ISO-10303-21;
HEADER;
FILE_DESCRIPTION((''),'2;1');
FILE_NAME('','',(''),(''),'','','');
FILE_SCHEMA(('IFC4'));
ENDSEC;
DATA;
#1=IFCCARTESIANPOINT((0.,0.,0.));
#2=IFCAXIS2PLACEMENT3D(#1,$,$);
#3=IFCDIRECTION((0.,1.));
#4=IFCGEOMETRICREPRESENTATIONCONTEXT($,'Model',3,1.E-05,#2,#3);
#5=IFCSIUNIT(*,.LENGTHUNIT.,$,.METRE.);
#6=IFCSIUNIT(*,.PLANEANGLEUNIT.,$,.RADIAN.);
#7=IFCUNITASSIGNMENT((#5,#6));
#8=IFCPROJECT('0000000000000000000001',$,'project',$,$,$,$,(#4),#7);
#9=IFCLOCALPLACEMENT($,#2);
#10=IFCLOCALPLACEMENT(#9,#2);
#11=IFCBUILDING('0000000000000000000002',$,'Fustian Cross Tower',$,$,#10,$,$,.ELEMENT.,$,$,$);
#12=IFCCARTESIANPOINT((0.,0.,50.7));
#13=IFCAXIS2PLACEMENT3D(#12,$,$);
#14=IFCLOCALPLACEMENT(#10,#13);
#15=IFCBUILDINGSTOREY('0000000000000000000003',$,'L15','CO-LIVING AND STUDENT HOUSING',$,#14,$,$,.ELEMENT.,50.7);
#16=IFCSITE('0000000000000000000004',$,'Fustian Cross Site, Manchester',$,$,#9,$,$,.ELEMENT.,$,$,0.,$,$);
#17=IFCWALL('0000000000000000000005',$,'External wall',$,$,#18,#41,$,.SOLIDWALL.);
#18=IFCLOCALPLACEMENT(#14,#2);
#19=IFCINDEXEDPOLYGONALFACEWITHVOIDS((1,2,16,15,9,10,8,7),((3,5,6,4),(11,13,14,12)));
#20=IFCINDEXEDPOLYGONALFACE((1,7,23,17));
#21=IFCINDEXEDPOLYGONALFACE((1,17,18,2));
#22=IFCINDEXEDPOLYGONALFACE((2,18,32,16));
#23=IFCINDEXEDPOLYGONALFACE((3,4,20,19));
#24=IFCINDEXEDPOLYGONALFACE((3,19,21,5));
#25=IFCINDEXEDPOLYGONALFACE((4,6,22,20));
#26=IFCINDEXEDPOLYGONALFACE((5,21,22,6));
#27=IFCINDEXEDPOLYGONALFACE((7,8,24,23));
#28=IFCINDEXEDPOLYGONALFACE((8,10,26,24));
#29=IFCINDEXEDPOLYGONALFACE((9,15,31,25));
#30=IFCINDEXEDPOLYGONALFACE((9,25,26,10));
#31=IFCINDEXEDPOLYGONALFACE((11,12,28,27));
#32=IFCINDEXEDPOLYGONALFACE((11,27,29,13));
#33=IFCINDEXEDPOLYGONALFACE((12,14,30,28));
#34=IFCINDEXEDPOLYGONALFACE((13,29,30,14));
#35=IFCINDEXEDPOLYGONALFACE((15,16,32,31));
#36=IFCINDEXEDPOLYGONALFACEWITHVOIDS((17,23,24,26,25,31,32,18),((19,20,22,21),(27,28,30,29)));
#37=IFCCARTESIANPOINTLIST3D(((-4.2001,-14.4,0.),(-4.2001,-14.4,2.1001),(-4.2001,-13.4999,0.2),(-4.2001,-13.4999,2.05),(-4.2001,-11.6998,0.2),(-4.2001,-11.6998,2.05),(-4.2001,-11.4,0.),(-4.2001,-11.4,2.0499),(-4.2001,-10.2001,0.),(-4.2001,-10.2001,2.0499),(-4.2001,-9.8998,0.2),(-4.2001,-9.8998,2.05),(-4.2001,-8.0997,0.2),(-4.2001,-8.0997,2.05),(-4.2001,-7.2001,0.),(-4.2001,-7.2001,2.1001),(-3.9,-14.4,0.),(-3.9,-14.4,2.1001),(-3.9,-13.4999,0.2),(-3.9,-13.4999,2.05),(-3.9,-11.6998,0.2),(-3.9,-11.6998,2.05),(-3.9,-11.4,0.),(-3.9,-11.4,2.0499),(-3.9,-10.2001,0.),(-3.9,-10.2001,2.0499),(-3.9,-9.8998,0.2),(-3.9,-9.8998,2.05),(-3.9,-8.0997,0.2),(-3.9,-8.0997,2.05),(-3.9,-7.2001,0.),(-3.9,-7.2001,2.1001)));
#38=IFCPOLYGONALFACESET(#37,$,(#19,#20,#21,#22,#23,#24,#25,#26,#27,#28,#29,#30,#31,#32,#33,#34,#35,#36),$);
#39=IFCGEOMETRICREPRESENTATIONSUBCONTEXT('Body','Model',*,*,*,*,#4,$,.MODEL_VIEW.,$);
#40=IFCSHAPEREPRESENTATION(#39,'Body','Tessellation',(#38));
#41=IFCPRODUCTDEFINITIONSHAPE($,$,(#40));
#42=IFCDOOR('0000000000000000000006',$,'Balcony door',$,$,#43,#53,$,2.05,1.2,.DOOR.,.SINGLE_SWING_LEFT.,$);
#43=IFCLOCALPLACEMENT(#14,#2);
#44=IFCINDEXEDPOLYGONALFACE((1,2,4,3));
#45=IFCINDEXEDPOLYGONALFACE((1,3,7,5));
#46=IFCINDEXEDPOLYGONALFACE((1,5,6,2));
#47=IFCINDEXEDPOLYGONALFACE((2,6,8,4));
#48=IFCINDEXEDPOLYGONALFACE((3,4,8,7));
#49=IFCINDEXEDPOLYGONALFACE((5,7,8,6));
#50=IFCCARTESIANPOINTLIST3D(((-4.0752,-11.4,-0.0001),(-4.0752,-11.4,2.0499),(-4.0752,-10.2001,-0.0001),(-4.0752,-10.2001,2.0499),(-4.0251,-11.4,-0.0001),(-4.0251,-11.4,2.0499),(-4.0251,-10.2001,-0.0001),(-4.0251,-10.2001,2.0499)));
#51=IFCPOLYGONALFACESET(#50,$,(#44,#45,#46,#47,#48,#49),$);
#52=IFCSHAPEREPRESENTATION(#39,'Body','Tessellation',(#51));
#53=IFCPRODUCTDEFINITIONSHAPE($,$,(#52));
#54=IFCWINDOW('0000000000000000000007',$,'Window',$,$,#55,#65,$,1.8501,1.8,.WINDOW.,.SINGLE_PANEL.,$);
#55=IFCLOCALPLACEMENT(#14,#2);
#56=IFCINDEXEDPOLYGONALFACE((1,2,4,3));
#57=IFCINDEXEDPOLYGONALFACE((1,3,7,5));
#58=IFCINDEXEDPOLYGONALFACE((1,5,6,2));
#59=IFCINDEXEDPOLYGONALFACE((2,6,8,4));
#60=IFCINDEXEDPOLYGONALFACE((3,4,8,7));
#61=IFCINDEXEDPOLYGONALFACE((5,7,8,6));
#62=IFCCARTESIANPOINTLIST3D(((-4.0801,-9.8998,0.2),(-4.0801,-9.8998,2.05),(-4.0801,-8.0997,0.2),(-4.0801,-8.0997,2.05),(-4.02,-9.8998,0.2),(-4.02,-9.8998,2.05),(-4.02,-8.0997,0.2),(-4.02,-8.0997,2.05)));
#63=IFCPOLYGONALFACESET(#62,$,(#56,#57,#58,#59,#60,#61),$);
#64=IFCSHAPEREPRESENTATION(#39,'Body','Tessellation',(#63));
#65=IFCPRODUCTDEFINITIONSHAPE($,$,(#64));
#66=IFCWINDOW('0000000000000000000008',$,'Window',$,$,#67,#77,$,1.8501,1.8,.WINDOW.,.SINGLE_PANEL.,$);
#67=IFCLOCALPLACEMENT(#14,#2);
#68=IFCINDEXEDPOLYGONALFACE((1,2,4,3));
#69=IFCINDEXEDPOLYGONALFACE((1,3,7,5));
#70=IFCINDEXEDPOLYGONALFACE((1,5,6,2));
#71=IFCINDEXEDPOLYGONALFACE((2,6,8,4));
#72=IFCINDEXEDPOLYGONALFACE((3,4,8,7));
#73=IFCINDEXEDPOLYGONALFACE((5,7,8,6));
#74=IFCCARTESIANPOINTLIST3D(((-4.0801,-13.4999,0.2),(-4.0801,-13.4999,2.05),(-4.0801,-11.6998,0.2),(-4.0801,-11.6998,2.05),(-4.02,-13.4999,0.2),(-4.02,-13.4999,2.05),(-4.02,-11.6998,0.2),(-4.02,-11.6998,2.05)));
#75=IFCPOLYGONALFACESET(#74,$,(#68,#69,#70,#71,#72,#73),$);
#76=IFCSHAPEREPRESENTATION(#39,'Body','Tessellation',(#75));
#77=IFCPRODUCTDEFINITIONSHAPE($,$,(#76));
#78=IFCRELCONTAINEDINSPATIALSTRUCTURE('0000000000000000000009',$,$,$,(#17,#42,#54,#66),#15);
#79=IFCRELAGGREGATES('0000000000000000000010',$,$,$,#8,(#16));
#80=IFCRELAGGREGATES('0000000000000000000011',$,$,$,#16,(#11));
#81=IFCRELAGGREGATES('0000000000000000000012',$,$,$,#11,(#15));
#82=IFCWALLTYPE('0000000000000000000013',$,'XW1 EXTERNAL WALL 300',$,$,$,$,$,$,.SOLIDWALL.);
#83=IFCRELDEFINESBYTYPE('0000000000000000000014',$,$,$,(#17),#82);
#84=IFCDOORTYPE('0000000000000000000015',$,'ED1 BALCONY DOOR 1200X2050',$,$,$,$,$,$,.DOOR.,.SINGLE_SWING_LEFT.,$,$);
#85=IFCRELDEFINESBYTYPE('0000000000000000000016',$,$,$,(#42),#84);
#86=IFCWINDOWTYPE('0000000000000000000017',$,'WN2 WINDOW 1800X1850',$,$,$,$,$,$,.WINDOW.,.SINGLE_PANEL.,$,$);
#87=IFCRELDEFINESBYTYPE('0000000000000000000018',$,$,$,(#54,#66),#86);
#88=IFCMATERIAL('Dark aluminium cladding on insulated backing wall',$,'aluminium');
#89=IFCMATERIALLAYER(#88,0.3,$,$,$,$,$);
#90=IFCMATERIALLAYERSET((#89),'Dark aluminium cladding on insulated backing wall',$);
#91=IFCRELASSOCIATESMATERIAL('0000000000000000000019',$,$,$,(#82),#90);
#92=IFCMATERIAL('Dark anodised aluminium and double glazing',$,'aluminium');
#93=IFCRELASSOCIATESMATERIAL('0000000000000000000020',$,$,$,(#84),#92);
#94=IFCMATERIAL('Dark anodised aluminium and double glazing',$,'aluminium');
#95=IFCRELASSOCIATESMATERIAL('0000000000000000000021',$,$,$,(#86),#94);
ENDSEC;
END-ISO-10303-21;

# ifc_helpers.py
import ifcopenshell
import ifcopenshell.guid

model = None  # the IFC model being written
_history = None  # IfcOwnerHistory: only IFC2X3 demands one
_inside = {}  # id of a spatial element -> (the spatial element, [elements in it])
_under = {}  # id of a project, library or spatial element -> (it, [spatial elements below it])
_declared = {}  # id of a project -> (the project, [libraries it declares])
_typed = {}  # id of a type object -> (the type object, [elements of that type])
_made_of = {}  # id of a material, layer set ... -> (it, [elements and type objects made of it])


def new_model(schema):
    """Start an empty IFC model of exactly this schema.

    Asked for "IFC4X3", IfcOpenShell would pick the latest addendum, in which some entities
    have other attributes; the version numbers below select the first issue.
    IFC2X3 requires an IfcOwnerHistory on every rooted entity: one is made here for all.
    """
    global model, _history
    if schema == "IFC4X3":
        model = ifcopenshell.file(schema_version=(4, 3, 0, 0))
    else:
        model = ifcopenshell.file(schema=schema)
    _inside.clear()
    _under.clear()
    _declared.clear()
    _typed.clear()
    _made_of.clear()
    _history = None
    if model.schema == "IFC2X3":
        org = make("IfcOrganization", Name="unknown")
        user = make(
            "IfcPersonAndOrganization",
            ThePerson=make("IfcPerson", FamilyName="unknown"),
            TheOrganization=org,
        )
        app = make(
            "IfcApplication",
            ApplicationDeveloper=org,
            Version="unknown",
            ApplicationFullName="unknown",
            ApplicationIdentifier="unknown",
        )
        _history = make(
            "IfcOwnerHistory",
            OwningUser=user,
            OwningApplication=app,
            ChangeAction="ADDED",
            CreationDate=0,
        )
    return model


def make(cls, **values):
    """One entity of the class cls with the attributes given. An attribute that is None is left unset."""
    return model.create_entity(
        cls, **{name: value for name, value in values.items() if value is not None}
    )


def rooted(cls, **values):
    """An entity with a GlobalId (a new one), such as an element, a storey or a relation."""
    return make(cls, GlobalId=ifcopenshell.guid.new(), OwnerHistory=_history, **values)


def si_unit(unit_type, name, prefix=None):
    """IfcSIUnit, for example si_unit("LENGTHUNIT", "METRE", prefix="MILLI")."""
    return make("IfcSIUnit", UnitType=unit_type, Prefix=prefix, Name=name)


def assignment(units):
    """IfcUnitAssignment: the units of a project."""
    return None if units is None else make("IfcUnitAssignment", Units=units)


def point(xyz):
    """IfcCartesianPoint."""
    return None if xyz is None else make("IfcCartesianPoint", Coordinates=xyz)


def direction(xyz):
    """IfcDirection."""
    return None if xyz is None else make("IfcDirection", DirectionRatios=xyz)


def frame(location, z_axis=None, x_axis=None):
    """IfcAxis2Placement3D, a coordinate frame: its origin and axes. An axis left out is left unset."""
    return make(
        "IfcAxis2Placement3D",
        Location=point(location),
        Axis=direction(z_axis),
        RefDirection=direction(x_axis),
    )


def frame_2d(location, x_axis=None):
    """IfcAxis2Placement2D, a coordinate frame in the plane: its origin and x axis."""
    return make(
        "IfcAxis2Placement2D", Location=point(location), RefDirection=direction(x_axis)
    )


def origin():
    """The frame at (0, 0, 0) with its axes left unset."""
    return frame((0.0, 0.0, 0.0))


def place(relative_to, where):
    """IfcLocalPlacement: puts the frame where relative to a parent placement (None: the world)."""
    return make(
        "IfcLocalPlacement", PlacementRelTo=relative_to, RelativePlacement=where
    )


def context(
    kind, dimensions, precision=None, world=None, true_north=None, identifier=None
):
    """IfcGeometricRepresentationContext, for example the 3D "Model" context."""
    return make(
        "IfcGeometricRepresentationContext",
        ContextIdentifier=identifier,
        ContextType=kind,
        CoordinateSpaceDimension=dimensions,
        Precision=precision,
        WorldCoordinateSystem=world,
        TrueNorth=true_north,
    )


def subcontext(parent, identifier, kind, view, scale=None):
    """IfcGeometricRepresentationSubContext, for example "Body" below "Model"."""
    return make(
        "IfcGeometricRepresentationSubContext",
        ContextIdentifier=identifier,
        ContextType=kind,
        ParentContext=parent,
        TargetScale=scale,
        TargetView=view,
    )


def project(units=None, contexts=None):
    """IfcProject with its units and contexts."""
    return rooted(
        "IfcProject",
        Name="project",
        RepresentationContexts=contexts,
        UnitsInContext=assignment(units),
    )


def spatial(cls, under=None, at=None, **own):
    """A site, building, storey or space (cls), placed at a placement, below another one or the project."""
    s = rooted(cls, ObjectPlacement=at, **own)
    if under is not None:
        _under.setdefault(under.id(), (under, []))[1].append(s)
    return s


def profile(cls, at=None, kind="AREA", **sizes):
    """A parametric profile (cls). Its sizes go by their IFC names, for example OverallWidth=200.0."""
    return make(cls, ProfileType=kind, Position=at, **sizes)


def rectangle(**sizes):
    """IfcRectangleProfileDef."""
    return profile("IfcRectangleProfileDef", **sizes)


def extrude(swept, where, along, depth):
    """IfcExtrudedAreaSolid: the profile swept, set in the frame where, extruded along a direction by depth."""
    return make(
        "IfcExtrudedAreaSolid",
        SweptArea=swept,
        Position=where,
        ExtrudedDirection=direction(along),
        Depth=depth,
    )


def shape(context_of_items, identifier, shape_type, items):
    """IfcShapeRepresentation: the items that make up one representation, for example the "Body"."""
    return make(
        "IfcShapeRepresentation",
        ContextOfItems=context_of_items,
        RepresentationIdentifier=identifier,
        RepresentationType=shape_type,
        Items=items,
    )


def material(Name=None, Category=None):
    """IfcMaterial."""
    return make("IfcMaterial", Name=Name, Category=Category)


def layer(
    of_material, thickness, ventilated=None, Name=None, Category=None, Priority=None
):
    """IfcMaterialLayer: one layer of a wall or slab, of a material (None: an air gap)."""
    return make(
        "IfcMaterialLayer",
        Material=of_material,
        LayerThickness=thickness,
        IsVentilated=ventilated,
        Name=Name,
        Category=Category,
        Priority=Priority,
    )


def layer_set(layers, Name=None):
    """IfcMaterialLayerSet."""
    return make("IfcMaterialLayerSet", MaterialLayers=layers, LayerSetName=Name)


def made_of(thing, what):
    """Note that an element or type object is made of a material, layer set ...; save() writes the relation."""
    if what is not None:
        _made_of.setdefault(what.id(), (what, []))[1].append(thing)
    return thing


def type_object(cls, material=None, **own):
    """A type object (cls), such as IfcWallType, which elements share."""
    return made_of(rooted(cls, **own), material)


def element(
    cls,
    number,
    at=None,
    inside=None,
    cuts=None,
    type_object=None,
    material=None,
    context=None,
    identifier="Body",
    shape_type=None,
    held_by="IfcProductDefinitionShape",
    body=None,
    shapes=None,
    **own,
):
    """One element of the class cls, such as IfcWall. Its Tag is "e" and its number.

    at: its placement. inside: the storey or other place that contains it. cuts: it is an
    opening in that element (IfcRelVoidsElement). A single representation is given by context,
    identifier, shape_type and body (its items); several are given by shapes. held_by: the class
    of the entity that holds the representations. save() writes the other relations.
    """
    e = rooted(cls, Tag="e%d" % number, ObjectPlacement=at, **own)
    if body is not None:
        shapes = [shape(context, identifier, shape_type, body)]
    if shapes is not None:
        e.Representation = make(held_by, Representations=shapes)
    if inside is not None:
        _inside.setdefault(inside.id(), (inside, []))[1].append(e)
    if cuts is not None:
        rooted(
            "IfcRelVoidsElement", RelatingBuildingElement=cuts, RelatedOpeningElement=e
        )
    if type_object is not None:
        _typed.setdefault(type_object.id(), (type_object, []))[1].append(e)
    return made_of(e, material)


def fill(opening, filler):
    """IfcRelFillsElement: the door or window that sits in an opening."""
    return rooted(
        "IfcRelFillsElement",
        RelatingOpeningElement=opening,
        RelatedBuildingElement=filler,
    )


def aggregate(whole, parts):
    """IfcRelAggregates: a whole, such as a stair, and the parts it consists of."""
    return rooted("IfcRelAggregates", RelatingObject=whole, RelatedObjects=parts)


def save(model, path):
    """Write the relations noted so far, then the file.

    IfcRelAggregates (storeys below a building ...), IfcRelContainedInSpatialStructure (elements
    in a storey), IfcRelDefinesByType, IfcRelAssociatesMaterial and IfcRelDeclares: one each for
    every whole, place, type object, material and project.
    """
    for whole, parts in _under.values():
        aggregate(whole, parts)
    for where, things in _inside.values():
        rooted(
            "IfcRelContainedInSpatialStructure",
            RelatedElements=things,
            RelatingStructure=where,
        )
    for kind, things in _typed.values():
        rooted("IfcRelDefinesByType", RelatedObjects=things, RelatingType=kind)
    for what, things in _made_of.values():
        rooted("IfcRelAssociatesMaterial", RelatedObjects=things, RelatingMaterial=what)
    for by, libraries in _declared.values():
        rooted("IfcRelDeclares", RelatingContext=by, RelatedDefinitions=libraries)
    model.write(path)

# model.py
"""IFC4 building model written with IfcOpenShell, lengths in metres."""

from ifc_helpers import new_model, si_unit, direction, frame, frame_2d, origin, place, context, subcontext, project, spatial, rectangle, extrude, material, layer, layer_set, type_object, element, fill, save


model = new_model("IFC4")

# Units and contexts
model_context = context("Model", 3, precision=1e-05, world=origin(), true_north=direction((0.0, 1.0)))
body_context = subcontext(model_context, "Body", "Model", "MODEL_VIEW")
ifc_project = project(units=[si_unit("LENGTHUNIT", "METRE"), si_unit("PLANEANGLEUNIT", "RADIAN")], contexts=[model_context])

# Site, building, storey
site_placement = place(None, origin())
site = spatial("IfcSite", under=ifc_project, at=site_placement, Name="Fustian Cross Site, Manchester", CompositionType="ELEMENT", RefElevation=0.0)
building_placement = place(site_placement, origin())
building = spatial("IfcBuilding", under=site, at=building_placement, Name="Fustian Cross Tower", CompositionType="ELEMENT")
storey_placement = place(building_placement, frame((0.0, 0.0, 50.7)))
storey = spatial("IfcBuildingStorey", under=building, at=storey_placement, Name="L15", Description="CO-LIVING AND STUDENT HOUSING", CompositionType="ELEMENT", Elevation=50.7)

# Shared definitions
ifc_material_1 = material(Name="Dark aluminium cladding on insulated backing wall", Category="aluminium")
ifc_layer_1 = layer(ifc_material_1, 0.3)
ifc_layer_set_1 = layer_set([ifc_layer_1], Name="Dark aluminium cladding on insulated backing wall")
wall_type_1 = type_object("IfcWallType", Name="XW1 EXTERNAL WALL 300", PredefinedType="SOLIDWALL", material=ifc_layer_set_1)

# Wall, openings, door, windows
wall_1_placement = place(storey_placement, frame((-4.05, -7.2, 0.0), z_axis=(0.0, 0.0, 1.0), x_axis=(0.0, -1.0, 0.0)))
wall_1 = element("IfcWall", 1, at=wall_1_placement, inside=storey, type_object=wall_type_1, Name="External wall", PredefinedType="SOLIDWALL", context=body_context, shape_type="SweptSolid", body=[
    extrude(rectangle(XDim=7.2, YDim=0.3, at=frame_2d((3.6001, 0.0))), origin(), (0.0, 0.0, 1.0), 2.1001),
])
opening_1_placement = place(wall_1_placement, frame((3.0, 0.0, 0.0)))
opening_1 = element("IfcOpeningElement", 2, at=opening_1_placement, cuts=wall_1, PredefinedType="OPENING", context=body_context, shape_type="SweptSolid", body=[
    extrude(rectangle(XDim=1.2, YDim=2.05, at=frame_2d((0.6001, 1.0249))), frame((0.0, 0.1599, 0.0), z_axis=(0.0, -1.0, 0.0), x_axis=(1.0, 0.0, 0.0)), (0.0, 0.0, 1.0), 0.3201),
])
opening_2_placement = place(wall_1_placement, frame((0.8999, 0.0, 0.2)))
opening_2 = element("IfcOpeningElement", 3, at=opening_2_placement, cuts=wall_1, PredefinedType="OPENING", context=body_context, shape_type="SweptSolid", body=[
    extrude(rectangle(XDim=1.8, YDim=1.8501, at=frame_2d((0.8999, 0.925))), frame((0.0, 0.1599, 0.0), z_axis=(0.0, -1.0, 0.0), x_axis=(1.0, 0.0, 0.0)), (0.0, 0.0, 1.0), 0.3201),
])
opening_3_placement = place(wall_1_placement, frame((4.5, 0.0, 0.2)))
opening_3 = element("IfcOpeningElement", 4, at=opening_3_placement, cuts=wall_1, PredefinedType="OPENING", context=body_context, shape_type="SweptSolid", body=[
    extrude(rectangle(XDim=1.8, YDim=1.8501, at=frame_2d((0.8999, 0.925))), frame((0.0, 0.1599, 0.0), z_axis=(0.0, -1.0, 0.0), x_axis=(1.0, 0.0, 0.0)), (0.0, 0.0, 1.0), 0.3201),
])
ifc_material_2 = material(Name="Dark anodised aluminium and double glazing", Category="aluminium")
door_type_1 = type_object("IfcDoorType", Name="ED1 BALCONY DOOR 1200X2050", OperationType="SINGLE_SWING_LEFT", PredefinedType="DOOR", material=ifc_material_2)
door_1_placement = place(opening_1_placement, origin())
door_1 = element("IfcDoor", 5, at=door_1_placement, inside=storey, type_object=door_type_1, Name="Balcony door", OperationType="SINGLE_SWING_LEFT", OverallHeight=2.05, OverallWidth=1.2, PredefinedType="DOOR", context=body_context, shape_type="SweptSolid", body=[
    extrude(rectangle(XDim=1.2, YDim=2.05, at=frame_2d((0.6001, 1.0249))), frame((0.0, 0.0249, 0.0), z_axis=(0.0, -1.0, 0.0), x_axis=(1.0, 0.0, 0.0)), (0.0, 0.0, 1.0), 0.05),
])
fill(opening_1, door_1)
ifc_material_3 = material(Name="Dark anodised aluminium and double glazing", Category="aluminium")
window_type = type_object("IfcWindowType", Name="WN2 WINDOW 1800X1850", PartitioningType="SINGLE_PANEL", PredefinedType="WINDOW", material=ifc_material_3)
window_1_placement = place(opening_2_placement, origin())
window_1 = element("IfcWindow", 6, at=window_1_placement, inside=storey, type_object=window_type, Name="Window", OverallHeight=1.8501, OverallWidth=1.8, PartitioningType="SINGLE_PANEL", PredefinedType="WINDOW", context=body_context, shape_type="SweptSolid", body=[
    extrude(rectangle(XDim=1.8, YDim=1.8501, at=frame_2d((0.8999, 0.925))), frame((0.0, 0.03, 0.0), z_axis=(0.0, -1.0, 0.0), x_axis=(1.0, 0.0, 0.0)), (0.0, 0.0, 1.0), 0.0601),
])
fill(opening_2, window_1)
window_2_placement = place(opening_3_placement, origin())
window_2 = element("IfcWindow", 7, at=window_2_placement, inside=storey, type_object=window_type, Name="Window", OverallHeight=1.8501, OverallWidth=1.8, PartitioningType="SINGLE_PANEL", PredefinedType="WINDOW", context=body_context, shape_type="SweptSolid", body=[
    extrude(rectangle(XDim=1.8, YDim=1.8501, at=frame_2d((0.8999, 0.925))), frame((0.0, 0.03, 0.0), z_axis=(0.0, -1.0, 0.0), x_axis=(1.0, 0.0, 0.0)), (0.0, 0.0, 1.0), 0.0601),
])
fill(opening_3, window_2)

save(model, "model.ifc")
